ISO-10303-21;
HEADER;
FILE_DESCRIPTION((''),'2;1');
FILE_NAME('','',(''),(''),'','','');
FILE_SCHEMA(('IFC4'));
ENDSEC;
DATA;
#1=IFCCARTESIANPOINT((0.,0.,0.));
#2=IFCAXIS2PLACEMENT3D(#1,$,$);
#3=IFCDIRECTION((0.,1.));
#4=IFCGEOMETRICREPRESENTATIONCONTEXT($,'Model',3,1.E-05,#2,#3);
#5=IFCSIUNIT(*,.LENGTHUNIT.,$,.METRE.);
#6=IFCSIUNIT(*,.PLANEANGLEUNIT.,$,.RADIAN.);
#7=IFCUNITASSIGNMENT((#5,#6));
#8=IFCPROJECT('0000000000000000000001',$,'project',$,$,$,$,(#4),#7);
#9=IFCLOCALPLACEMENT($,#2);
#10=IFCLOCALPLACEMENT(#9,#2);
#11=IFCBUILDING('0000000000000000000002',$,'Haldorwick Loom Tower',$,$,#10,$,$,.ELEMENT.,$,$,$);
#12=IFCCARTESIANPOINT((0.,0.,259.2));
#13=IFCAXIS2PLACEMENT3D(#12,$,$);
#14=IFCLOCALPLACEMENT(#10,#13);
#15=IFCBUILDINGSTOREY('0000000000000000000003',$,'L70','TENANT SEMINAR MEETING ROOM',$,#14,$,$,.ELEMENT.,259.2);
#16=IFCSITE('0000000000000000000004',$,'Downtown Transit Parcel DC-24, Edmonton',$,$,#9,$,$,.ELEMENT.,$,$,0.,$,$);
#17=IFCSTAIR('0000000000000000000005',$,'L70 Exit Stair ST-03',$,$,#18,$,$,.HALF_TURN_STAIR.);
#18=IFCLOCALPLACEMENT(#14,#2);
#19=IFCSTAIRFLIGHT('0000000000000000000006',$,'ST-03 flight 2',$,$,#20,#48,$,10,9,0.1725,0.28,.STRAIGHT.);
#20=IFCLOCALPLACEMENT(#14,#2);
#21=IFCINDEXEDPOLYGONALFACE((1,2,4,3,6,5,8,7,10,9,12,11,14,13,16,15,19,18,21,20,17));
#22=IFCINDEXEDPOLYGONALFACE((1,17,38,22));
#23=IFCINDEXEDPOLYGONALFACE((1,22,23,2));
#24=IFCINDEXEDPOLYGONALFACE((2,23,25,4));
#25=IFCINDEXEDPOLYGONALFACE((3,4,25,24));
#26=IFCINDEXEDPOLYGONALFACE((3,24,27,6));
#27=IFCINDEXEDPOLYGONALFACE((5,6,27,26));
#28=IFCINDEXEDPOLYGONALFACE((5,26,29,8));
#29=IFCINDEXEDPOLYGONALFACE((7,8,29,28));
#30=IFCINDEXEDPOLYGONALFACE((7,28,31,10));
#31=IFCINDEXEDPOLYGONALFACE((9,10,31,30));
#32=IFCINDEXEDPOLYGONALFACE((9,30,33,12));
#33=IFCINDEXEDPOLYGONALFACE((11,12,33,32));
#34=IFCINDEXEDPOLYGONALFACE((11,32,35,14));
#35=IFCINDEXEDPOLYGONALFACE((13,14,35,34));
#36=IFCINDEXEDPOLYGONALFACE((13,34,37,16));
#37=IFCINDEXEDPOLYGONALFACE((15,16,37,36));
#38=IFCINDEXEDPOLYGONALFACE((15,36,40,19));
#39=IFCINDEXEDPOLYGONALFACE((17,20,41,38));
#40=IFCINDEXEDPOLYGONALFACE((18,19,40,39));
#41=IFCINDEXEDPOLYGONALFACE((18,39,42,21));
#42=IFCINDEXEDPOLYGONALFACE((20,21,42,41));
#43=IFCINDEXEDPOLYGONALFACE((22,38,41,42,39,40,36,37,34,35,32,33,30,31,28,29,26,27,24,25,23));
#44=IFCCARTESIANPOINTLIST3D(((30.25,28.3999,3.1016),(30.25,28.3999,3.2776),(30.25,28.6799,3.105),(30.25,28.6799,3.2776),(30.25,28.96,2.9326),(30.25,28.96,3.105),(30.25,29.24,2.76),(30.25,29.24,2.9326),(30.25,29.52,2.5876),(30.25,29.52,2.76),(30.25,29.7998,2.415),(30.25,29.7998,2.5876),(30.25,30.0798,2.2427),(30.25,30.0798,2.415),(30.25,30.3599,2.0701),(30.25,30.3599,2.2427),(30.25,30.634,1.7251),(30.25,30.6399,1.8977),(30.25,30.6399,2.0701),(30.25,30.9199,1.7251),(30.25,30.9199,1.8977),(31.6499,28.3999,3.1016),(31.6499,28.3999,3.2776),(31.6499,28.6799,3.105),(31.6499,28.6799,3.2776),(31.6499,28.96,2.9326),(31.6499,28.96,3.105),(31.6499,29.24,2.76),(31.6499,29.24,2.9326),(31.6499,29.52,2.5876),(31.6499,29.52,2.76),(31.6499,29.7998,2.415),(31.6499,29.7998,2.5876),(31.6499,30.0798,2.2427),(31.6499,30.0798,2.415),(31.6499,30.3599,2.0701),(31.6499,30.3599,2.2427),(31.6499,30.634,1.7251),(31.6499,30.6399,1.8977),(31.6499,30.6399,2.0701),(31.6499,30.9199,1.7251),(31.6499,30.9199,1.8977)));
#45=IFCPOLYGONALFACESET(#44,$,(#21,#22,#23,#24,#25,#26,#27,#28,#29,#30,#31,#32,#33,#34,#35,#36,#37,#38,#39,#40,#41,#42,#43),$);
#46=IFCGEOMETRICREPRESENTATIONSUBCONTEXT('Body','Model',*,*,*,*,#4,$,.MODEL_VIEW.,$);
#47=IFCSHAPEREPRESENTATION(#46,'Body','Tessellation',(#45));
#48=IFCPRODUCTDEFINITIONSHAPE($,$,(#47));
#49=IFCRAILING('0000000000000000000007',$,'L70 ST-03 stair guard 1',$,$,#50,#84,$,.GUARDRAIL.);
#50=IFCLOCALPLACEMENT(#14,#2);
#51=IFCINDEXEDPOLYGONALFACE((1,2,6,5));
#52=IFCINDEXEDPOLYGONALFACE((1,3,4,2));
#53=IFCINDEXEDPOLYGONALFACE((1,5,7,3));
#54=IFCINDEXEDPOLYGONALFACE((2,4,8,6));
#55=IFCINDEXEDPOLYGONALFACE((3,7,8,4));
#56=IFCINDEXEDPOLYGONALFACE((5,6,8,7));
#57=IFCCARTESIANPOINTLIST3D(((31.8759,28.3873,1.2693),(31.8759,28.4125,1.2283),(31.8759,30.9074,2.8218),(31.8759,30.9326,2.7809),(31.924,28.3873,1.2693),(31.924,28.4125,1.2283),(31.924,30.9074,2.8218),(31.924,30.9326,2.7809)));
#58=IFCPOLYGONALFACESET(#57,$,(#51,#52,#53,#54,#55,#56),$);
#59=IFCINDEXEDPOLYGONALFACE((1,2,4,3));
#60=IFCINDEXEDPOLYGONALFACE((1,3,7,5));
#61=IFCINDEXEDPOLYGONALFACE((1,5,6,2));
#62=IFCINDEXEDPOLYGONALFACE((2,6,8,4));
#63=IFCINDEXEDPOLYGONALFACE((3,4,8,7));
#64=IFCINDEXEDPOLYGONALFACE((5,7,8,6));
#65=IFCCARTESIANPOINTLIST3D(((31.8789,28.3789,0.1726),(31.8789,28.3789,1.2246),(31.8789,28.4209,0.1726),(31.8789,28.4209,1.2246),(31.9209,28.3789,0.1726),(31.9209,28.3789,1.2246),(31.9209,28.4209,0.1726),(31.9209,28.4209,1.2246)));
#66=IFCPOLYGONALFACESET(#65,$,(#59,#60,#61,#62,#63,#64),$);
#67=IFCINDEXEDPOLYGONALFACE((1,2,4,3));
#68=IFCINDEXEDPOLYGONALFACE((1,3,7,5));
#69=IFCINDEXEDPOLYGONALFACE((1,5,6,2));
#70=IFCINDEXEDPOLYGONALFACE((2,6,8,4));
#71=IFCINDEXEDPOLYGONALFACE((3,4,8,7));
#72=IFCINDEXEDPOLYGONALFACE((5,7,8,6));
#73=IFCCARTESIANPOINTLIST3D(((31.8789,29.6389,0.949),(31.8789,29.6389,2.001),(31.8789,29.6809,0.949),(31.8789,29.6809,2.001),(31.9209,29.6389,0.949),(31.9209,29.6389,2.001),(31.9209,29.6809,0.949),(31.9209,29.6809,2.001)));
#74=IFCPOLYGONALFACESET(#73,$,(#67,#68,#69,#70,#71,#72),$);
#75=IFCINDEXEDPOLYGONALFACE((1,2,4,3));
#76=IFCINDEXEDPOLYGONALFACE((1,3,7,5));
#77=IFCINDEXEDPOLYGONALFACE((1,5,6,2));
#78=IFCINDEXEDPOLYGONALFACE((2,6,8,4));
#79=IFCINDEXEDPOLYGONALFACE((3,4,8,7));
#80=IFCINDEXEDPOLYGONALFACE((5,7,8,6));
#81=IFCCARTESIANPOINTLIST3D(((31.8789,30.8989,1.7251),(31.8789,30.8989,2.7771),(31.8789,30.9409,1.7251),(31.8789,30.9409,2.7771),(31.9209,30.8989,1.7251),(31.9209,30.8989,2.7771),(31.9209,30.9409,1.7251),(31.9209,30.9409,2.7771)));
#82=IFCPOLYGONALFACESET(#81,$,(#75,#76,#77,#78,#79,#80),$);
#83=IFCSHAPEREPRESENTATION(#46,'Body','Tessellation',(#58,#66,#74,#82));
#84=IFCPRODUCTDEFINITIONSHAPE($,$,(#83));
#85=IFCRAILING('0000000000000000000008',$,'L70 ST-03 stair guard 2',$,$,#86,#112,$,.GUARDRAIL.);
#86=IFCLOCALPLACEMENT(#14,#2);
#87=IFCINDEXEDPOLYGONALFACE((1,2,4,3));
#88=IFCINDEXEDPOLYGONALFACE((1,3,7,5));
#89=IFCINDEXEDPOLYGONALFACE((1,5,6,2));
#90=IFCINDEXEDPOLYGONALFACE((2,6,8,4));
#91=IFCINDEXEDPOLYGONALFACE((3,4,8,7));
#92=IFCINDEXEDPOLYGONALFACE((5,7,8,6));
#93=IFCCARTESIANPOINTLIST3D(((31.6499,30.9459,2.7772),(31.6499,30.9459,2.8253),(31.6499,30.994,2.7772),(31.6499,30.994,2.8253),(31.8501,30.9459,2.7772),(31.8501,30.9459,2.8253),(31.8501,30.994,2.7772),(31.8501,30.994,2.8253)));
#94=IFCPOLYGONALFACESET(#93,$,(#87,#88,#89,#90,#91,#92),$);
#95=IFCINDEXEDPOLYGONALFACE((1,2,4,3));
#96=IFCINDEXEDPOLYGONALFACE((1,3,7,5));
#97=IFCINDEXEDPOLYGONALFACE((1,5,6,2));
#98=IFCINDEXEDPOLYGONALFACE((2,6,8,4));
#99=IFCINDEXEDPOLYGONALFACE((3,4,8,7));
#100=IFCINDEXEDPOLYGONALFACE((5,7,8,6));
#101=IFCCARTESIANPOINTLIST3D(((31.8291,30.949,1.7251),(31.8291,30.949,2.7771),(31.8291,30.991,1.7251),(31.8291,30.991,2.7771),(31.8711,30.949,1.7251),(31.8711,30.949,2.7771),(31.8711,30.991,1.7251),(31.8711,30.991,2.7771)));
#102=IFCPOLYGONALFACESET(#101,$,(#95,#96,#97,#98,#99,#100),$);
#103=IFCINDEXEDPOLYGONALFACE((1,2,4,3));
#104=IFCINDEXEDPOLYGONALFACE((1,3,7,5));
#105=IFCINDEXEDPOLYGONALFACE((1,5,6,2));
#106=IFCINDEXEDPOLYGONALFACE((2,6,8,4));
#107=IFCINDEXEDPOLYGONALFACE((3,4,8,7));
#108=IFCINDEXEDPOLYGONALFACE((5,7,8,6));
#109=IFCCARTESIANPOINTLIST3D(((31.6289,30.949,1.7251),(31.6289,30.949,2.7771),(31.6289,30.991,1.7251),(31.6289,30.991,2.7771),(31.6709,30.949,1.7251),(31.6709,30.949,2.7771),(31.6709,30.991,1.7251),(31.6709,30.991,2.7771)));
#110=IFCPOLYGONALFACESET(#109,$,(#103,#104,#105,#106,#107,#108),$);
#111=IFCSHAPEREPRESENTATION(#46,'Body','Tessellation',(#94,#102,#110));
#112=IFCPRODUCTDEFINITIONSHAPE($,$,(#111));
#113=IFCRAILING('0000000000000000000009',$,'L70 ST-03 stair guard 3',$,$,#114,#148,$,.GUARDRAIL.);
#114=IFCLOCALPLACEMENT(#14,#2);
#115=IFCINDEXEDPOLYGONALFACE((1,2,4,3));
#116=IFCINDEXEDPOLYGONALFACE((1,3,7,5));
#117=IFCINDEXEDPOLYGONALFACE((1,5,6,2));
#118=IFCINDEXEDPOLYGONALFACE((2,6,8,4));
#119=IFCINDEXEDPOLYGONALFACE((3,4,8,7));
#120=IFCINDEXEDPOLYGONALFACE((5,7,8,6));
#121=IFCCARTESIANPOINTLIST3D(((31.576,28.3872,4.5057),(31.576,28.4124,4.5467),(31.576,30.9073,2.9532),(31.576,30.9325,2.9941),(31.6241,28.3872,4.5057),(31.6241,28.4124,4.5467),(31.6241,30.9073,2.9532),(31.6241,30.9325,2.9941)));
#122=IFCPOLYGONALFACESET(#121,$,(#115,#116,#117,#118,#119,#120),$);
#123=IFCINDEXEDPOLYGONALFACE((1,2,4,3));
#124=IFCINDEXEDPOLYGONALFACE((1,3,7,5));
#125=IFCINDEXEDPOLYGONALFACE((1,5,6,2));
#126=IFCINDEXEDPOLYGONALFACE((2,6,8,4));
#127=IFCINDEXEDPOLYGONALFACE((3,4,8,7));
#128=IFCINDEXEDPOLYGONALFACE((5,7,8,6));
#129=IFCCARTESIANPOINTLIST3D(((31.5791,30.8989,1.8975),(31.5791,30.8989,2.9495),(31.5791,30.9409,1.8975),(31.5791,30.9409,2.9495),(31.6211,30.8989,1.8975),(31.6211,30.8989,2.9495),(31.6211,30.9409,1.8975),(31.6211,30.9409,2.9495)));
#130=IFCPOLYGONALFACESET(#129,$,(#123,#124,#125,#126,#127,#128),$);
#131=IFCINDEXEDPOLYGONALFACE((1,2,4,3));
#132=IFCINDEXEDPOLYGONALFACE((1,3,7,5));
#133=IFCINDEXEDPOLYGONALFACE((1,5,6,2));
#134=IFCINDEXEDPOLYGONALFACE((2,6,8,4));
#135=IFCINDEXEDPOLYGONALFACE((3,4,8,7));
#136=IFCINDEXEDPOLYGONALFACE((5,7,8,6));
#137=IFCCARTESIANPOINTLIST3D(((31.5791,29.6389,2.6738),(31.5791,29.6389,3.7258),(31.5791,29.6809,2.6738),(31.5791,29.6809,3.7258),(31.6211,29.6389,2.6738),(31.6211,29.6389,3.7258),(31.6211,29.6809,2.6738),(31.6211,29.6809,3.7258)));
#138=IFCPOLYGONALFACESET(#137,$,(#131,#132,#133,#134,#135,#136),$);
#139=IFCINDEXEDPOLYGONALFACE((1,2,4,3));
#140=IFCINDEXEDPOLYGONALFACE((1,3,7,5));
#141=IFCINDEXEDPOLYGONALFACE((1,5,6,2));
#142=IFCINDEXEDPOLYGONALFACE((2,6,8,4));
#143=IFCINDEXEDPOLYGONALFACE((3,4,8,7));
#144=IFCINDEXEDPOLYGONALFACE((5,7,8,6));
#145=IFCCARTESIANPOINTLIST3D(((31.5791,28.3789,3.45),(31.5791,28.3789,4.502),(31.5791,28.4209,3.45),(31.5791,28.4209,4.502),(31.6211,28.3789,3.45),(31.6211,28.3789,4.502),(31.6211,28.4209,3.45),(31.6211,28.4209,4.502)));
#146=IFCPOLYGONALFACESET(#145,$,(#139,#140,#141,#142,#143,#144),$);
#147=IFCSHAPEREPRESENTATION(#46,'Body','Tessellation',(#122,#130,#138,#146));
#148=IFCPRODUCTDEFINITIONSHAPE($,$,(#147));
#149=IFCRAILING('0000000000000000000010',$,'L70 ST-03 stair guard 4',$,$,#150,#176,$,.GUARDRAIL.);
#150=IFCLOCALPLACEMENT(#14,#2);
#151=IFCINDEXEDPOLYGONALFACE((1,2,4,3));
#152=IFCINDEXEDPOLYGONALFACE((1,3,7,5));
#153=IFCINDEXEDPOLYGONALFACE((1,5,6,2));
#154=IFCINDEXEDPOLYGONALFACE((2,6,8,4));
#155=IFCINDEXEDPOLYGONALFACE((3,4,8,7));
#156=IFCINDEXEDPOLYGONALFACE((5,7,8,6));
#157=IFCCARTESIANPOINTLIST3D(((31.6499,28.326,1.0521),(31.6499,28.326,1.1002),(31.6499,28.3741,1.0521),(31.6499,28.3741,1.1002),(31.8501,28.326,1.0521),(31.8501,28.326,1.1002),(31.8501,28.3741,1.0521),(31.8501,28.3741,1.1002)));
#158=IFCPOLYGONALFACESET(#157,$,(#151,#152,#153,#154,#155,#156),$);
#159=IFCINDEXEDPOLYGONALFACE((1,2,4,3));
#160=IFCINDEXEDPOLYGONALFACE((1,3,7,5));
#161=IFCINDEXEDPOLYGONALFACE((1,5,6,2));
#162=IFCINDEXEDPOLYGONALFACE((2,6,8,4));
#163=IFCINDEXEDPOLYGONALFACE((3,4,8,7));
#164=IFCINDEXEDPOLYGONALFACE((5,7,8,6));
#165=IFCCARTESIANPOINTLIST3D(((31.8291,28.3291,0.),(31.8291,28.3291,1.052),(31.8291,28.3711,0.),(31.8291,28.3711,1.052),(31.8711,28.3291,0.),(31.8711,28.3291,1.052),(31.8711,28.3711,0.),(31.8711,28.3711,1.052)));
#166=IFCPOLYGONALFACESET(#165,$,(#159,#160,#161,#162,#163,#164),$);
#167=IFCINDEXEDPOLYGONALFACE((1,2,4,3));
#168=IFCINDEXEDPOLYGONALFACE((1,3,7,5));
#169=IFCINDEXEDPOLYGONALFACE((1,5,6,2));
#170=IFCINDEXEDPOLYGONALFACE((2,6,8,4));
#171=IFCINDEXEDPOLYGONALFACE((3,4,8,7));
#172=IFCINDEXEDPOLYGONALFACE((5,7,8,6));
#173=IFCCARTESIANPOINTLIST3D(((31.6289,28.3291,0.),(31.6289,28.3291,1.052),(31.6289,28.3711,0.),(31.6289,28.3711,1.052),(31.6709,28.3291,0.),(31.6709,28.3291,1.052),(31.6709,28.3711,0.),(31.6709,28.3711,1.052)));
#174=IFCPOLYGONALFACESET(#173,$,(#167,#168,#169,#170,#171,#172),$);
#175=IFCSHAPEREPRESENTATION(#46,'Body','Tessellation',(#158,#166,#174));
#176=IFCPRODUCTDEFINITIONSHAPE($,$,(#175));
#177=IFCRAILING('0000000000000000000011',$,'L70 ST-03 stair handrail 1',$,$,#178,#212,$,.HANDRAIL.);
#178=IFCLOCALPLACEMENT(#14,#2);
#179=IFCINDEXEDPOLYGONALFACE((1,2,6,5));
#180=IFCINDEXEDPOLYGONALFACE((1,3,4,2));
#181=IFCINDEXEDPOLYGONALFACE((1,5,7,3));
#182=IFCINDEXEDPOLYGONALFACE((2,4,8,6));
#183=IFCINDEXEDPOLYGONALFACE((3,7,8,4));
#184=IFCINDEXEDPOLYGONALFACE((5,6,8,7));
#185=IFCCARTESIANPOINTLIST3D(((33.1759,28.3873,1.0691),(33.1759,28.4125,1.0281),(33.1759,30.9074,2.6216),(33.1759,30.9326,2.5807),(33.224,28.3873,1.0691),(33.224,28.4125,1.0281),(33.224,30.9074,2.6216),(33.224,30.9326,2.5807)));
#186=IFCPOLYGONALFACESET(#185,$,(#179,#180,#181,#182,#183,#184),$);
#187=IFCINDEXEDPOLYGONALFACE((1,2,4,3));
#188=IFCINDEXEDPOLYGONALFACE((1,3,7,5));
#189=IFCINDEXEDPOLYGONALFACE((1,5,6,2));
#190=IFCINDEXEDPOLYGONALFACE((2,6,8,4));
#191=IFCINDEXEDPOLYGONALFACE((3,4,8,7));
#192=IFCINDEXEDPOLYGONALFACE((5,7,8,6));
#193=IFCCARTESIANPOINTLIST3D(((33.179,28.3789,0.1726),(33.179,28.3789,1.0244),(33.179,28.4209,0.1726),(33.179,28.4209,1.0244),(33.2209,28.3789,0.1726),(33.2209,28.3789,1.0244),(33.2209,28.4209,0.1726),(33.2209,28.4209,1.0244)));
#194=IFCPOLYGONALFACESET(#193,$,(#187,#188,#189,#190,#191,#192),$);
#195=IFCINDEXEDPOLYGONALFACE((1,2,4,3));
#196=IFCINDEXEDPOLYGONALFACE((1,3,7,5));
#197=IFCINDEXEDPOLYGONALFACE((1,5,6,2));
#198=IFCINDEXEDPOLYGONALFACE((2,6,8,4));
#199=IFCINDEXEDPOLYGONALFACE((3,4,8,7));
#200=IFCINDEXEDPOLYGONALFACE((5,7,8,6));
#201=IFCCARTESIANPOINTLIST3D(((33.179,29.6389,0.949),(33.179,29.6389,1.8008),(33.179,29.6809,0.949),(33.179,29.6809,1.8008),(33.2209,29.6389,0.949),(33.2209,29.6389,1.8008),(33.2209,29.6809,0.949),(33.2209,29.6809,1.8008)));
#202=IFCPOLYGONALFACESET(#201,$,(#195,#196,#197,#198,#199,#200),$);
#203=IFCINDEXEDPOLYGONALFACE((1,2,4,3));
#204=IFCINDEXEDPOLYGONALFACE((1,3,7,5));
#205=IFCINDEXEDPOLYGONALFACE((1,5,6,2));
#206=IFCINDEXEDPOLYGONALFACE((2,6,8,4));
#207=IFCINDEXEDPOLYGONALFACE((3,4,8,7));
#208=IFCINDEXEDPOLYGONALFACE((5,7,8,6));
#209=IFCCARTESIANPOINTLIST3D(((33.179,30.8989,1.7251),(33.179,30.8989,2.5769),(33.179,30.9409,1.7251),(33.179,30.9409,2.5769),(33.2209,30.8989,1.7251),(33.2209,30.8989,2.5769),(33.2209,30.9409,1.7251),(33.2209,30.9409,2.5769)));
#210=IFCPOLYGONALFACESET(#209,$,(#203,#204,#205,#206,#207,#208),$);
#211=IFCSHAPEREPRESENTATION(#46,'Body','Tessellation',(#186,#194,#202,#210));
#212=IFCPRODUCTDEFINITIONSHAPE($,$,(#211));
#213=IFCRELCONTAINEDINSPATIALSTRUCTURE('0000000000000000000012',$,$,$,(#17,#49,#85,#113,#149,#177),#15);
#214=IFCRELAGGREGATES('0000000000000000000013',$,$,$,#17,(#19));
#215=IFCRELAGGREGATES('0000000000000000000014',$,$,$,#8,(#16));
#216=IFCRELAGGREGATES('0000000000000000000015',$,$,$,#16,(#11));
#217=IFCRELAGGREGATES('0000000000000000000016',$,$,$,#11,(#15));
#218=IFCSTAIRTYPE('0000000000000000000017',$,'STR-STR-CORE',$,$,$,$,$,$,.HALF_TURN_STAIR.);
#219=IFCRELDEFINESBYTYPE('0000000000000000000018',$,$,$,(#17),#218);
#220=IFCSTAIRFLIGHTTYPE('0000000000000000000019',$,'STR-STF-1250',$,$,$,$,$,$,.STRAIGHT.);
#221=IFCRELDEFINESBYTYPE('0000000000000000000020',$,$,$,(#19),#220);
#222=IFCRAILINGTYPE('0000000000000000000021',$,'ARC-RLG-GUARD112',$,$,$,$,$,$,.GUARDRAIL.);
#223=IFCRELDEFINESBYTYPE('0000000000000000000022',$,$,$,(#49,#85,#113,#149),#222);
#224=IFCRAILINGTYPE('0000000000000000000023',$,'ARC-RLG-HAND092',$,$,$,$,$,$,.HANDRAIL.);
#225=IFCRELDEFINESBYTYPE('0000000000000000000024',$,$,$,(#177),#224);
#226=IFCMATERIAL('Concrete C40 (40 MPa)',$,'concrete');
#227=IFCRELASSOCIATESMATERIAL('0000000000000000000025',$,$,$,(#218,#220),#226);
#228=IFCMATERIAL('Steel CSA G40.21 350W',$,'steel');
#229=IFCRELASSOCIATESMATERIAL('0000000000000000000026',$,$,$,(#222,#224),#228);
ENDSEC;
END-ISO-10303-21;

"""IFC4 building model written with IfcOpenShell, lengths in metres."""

from ifc_helpers import new_model, si_unit, direction, frame, origin, origin_2d, place, context, subcontext, project, spatial, polyline, rectangle, outline, extrude, material, type_object, element, aggregate, save


model = new_model("IFC4")

# Units and contexts
model_context = context("Model", 3, precision=1e-05, world=origin(), true_north=direction((0.0, 1.0)))
body_context = subcontext(model_context, "Body", "Model", "MODEL_VIEW")
ifc_project = project(units=[si_unit("LENGTHUNIT", "METRE"), si_unit("PLANEANGLEUNIT", "RADIAN")], contexts=[model_context])

# Site, building, storey
site_placement = place(None, origin())
site = spatial("IfcSite", under=ifc_project, at=site_placement, Name="Downtown Transit Parcel DC-24, Edmonton", CompositionType="ELEMENT", RefElevation=0.0)
building_placement = place(site_placement, origin())
building = spatial("IfcBuilding", under=site, at=building_placement, Name="Haldorwick Loom Tower", CompositionType="ELEMENT")
storey_placement = place(building_placement, frame((0.0, 0.0, 259.2)))
storey = spatial("IfcBuildingStorey", under=building, at=storey_placement, Name="L70", Description="TENANT SEMINAR MEETING ROOM", CompositionType="ELEMENT", Elevation=259.2)

# Shared definitions
ifc_material_1 = material(Name="Steel CSA G40.21 350W", Category="steel")

# Stair, stair flight
ifc_material_2 = material(Name="Concrete C40 (40 MPa)", Category="concrete")
stair_type = type_object("IfcStairType", Name="STR-STR-CORE", PredefinedType="HALF_TURN_STAIR", material=ifc_material_2)
stair_placement = place(storey_placement, origin())
stair = element("IfcStair", 1, at=stair_placement, inside=storey, type_object=stair_type, Name="L70 Exit Stair ST-03", PredefinedType="HALF_TURN_STAIR")
stair_flight_type = type_object("IfcStairFlightType", Name="STR-STF-1250", PredefinedType="STRAIGHT", material=ifc_material_2)
stair_flight_1_placement = place(storey_placement, frame((30.95, 30.9199, 1.7251), z_axis=(0.0, 0.0, 1.0), x_axis=(0.0, -1.0, 0.0)))
stair_flight_1 = element("IfcStairFlight", 2, at=stair_flight_1_placement, type_object=stair_flight_type, Name="ST-03 flight 2", NumberOfRisers=10, NumberOfTreads=9, PredefinedType="STRAIGHT", RiserHeight=0.1725, TreadLength=0.28, context=body_context, shape_type="SweptSolid", body=[
    extrude(outline(polyline([(0.0, 0.0), (0.0, 0.1726), (0.28, 0.1726), (0.28, 0.345), (0.5601, 0.345), (0.5601, 0.5176), (0.8401, 0.5176), (0.8401, 0.6899), (1.1201, 0.6899), (1.1201, 0.8625), (1.3999, 0.8625), (1.3999, 1.0349), (1.6799, 1.0349), (1.6799, 1.2075), (1.96, 1.2075), (1.96, 1.3799), (2.24, 1.3799), (2.24, 1.5525), (2.52, 1.5525), (2.52, 1.7251), (2.52, 1.3765), (0.2859, 0.0), (0.0, 0.0)])), frame((0.0, 0.7, 0.0), z_axis=(0.0, -1.0, 0.0), x_axis=(1.0, 0.0, 0.0)), (0.0, 0.0, 1.0), 1.3999),
])
aggregate(stair, [stair_flight_1])

# Railings
railing_type_1 = type_object("IfcRailingType", Name="ARC-RLG-GUARD112", PredefinedType="GUARDRAIL", material=ifc_material_1)
railing_1_placement = place(storey_placement, frame((31.8999, 28.3999, 0.1726)))
element("IfcRailing", 3, at=railing_1_placement, inside=storey, type_object=railing_type_1, Name="L70 ST-03 stair guard 1", PredefinedType="GUARDRAIL", context=body_context, shape_type="SweptSolid", body=[
    extrude(rectangle(XDim=0.0481, YDim=0.0481, at=origin_2d()), frame((0.0, 0.0, 1.0762), z_axis=(0.0, 0.8514, 0.524516), x_axis=(-1.0, 0.0, 0.0)), (0.0, 0.0, 1.0), 2.96),
    extrude(rectangle(XDim=0.042, YDim=0.042, at=origin_2d()), origin(), (0.0, 0.0, 1.0), 1.052),
    extrude(rectangle(XDim=0.042, YDim=0.042, at=origin_2d()), frame((0.0, 1.26, 0.7764)), (0.0, 0.0, 1.0), 1.052),
    extrude(rectangle(XDim=0.042, YDim=0.042, at=origin_2d()), frame((0.0, 2.52, 1.5525)), (0.0, 0.0, 1.0), 1.052),
])
railing_2_placement = place(storey_placement, frame((31.8501, 30.97, 1.7251)))
element("IfcRailing", 4, at=railing_2_placement, inside=storey, type_object=railing_type_1, Name="L70 ST-03 stair guard 2", PredefinedType="GUARDRAIL", context=body_context, shape_type="SweptSolid", body=[
    extrude(rectangle(XDim=0.0481, YDim=0.0481, at=origin_2d()), frame((0.0, 0.0, 1.0762), z_axis=(-1.0, 0.0, 0.0), x_axis=(0.0, -1.0, 0.0)), (0.0, 0.0, 1.0), 0.2002),
    extrude(rectangle(XDim=0.042, YDim=0.042, at=origin_2d()), origin(), (0.0, 0.0, 1.0), 1.052),
    extrude(rectangle(XDim=0.042, YDim=0.042, at=origin_2d()), frame((-0.2002, 0.0, 0.0)), (0.0, 0.0, 1.0), 1.052),
])
railing_3_placement = place(storey_placement, frame((31.6001, 30.9199, 1.8975)))
element("IfcRailing", 5, at=railing_3_placement, inside=storey, type_object=railing_type_1, Name="L70 ST-03 stair guard 3", PredefinedType="GUARDRAIL", context=body_context, shape_type="SweptSolid", body=[
    extrude(rectangle(XDim=0.0481, YDim=0.0481, at=origin_2d()), frame((0.0, 0.0, 1.0762), z_axis=(0.0, -0.8514, 0.524516), x_axis=(1.0, 0.0, 0.0)), (0.0, 0.0, 1.0), 2.96),
    extrude(rectangle(XDim=0.042, YDim=0.042, at=origin_2d()), origin(), (0.0, 0.0, 1.0), 1.052),
    extrude(rectangle(XDim=0.042, YDim=0.042, at=origin_2d()), frame((0.0, -1.26, 0.7764)), (0.0, 0.0, 1.0), 1.052),
    extrude(rectangle(XDim=0.042, YDim=0.042, at=origin_2d()), frame((0.0, -2.52, 1.5525)), (0.0, 0.0, 1.0), 1.052),
])
railing_4_placement = place(storey_placement, frame((31.8501, 28.3501, 0.0)))
element("IfcRailing", 6, at=railing_4_placement, inside=storey, type_object=railing_type_1, Name="L70 ST-03 stair guard 4", PredefinedType="GUARDRAIL", context=body_context, shape_type="SweptSolid", body=[
    extrude(rectangle(XDim=0.0481, YDim=0.0481, at=origin_2d()), frame((0.0, 0.0, 1.0762), z_axis=(-1.0, 0.0, 0.0), x_axis=(0.0, -1.0, 0.0)), (0.0, 0.0, 1.0), 0.2002),
    extrude(rectangle(XDim=0.042, YDim=0.042, at=origin_2d()), origin(), (0.0, 0.0, 1.0), 1.052),
    extrude(rectangle(XDim=0.042, YDim=0.042, at=origin_2d()), frame((-0.2002, 0.0, 0.0)), (0.0, 0.0, 1.0), 1.052),
])
railing_type_2 = type_object("IfcRailingType", Name="ARC-RLG-HAND092", PredefinedType="HANDRAIL", material=ifc_material_1)
railing_5_placement = place(storey_placement, frame((33.2, 28.3999, 0.1726)))
element("IfcRailing", 7, at=railing_5_placement, inside=storey, type_object=railing_type_2, Name="L70 ST-03 stair handrail 1", PredefinedType="HANDRAIL", context=body_context, shape_type="SweptSolid", body=[
    extrude(rectangle(XDim=0.0481, YDim=0.0481, at=origin_2d()), frame((0.0, 0.0, 0.876), z_axis=(0.0, 0.8514, 0.524516), x_axis=(-1.0, 0.0, 0.0)), (0.0, 0.0, 1.0), 2.96),
    extrude(rectangle(XDim=0.042, YDim=0.042, at=origin_2d()), origin(), (0.0, 0.0, 1.0), 0.8518),
    extrude(rectangle(XDim=0.042, YDim=0.042, at=origin_2d()), frame((0.0, 1.26, 0.7764)), (0.0, 0.0, 1.0), 0.8518),
    extrude(rectangle(XDim=0.042, YDim=0.042, at=origin_2d()), frame((0.0, 2.52, 1.5525)), (0.0, 0.0, 1.0), 0.8518),
])

save(model, "model.ifc")
